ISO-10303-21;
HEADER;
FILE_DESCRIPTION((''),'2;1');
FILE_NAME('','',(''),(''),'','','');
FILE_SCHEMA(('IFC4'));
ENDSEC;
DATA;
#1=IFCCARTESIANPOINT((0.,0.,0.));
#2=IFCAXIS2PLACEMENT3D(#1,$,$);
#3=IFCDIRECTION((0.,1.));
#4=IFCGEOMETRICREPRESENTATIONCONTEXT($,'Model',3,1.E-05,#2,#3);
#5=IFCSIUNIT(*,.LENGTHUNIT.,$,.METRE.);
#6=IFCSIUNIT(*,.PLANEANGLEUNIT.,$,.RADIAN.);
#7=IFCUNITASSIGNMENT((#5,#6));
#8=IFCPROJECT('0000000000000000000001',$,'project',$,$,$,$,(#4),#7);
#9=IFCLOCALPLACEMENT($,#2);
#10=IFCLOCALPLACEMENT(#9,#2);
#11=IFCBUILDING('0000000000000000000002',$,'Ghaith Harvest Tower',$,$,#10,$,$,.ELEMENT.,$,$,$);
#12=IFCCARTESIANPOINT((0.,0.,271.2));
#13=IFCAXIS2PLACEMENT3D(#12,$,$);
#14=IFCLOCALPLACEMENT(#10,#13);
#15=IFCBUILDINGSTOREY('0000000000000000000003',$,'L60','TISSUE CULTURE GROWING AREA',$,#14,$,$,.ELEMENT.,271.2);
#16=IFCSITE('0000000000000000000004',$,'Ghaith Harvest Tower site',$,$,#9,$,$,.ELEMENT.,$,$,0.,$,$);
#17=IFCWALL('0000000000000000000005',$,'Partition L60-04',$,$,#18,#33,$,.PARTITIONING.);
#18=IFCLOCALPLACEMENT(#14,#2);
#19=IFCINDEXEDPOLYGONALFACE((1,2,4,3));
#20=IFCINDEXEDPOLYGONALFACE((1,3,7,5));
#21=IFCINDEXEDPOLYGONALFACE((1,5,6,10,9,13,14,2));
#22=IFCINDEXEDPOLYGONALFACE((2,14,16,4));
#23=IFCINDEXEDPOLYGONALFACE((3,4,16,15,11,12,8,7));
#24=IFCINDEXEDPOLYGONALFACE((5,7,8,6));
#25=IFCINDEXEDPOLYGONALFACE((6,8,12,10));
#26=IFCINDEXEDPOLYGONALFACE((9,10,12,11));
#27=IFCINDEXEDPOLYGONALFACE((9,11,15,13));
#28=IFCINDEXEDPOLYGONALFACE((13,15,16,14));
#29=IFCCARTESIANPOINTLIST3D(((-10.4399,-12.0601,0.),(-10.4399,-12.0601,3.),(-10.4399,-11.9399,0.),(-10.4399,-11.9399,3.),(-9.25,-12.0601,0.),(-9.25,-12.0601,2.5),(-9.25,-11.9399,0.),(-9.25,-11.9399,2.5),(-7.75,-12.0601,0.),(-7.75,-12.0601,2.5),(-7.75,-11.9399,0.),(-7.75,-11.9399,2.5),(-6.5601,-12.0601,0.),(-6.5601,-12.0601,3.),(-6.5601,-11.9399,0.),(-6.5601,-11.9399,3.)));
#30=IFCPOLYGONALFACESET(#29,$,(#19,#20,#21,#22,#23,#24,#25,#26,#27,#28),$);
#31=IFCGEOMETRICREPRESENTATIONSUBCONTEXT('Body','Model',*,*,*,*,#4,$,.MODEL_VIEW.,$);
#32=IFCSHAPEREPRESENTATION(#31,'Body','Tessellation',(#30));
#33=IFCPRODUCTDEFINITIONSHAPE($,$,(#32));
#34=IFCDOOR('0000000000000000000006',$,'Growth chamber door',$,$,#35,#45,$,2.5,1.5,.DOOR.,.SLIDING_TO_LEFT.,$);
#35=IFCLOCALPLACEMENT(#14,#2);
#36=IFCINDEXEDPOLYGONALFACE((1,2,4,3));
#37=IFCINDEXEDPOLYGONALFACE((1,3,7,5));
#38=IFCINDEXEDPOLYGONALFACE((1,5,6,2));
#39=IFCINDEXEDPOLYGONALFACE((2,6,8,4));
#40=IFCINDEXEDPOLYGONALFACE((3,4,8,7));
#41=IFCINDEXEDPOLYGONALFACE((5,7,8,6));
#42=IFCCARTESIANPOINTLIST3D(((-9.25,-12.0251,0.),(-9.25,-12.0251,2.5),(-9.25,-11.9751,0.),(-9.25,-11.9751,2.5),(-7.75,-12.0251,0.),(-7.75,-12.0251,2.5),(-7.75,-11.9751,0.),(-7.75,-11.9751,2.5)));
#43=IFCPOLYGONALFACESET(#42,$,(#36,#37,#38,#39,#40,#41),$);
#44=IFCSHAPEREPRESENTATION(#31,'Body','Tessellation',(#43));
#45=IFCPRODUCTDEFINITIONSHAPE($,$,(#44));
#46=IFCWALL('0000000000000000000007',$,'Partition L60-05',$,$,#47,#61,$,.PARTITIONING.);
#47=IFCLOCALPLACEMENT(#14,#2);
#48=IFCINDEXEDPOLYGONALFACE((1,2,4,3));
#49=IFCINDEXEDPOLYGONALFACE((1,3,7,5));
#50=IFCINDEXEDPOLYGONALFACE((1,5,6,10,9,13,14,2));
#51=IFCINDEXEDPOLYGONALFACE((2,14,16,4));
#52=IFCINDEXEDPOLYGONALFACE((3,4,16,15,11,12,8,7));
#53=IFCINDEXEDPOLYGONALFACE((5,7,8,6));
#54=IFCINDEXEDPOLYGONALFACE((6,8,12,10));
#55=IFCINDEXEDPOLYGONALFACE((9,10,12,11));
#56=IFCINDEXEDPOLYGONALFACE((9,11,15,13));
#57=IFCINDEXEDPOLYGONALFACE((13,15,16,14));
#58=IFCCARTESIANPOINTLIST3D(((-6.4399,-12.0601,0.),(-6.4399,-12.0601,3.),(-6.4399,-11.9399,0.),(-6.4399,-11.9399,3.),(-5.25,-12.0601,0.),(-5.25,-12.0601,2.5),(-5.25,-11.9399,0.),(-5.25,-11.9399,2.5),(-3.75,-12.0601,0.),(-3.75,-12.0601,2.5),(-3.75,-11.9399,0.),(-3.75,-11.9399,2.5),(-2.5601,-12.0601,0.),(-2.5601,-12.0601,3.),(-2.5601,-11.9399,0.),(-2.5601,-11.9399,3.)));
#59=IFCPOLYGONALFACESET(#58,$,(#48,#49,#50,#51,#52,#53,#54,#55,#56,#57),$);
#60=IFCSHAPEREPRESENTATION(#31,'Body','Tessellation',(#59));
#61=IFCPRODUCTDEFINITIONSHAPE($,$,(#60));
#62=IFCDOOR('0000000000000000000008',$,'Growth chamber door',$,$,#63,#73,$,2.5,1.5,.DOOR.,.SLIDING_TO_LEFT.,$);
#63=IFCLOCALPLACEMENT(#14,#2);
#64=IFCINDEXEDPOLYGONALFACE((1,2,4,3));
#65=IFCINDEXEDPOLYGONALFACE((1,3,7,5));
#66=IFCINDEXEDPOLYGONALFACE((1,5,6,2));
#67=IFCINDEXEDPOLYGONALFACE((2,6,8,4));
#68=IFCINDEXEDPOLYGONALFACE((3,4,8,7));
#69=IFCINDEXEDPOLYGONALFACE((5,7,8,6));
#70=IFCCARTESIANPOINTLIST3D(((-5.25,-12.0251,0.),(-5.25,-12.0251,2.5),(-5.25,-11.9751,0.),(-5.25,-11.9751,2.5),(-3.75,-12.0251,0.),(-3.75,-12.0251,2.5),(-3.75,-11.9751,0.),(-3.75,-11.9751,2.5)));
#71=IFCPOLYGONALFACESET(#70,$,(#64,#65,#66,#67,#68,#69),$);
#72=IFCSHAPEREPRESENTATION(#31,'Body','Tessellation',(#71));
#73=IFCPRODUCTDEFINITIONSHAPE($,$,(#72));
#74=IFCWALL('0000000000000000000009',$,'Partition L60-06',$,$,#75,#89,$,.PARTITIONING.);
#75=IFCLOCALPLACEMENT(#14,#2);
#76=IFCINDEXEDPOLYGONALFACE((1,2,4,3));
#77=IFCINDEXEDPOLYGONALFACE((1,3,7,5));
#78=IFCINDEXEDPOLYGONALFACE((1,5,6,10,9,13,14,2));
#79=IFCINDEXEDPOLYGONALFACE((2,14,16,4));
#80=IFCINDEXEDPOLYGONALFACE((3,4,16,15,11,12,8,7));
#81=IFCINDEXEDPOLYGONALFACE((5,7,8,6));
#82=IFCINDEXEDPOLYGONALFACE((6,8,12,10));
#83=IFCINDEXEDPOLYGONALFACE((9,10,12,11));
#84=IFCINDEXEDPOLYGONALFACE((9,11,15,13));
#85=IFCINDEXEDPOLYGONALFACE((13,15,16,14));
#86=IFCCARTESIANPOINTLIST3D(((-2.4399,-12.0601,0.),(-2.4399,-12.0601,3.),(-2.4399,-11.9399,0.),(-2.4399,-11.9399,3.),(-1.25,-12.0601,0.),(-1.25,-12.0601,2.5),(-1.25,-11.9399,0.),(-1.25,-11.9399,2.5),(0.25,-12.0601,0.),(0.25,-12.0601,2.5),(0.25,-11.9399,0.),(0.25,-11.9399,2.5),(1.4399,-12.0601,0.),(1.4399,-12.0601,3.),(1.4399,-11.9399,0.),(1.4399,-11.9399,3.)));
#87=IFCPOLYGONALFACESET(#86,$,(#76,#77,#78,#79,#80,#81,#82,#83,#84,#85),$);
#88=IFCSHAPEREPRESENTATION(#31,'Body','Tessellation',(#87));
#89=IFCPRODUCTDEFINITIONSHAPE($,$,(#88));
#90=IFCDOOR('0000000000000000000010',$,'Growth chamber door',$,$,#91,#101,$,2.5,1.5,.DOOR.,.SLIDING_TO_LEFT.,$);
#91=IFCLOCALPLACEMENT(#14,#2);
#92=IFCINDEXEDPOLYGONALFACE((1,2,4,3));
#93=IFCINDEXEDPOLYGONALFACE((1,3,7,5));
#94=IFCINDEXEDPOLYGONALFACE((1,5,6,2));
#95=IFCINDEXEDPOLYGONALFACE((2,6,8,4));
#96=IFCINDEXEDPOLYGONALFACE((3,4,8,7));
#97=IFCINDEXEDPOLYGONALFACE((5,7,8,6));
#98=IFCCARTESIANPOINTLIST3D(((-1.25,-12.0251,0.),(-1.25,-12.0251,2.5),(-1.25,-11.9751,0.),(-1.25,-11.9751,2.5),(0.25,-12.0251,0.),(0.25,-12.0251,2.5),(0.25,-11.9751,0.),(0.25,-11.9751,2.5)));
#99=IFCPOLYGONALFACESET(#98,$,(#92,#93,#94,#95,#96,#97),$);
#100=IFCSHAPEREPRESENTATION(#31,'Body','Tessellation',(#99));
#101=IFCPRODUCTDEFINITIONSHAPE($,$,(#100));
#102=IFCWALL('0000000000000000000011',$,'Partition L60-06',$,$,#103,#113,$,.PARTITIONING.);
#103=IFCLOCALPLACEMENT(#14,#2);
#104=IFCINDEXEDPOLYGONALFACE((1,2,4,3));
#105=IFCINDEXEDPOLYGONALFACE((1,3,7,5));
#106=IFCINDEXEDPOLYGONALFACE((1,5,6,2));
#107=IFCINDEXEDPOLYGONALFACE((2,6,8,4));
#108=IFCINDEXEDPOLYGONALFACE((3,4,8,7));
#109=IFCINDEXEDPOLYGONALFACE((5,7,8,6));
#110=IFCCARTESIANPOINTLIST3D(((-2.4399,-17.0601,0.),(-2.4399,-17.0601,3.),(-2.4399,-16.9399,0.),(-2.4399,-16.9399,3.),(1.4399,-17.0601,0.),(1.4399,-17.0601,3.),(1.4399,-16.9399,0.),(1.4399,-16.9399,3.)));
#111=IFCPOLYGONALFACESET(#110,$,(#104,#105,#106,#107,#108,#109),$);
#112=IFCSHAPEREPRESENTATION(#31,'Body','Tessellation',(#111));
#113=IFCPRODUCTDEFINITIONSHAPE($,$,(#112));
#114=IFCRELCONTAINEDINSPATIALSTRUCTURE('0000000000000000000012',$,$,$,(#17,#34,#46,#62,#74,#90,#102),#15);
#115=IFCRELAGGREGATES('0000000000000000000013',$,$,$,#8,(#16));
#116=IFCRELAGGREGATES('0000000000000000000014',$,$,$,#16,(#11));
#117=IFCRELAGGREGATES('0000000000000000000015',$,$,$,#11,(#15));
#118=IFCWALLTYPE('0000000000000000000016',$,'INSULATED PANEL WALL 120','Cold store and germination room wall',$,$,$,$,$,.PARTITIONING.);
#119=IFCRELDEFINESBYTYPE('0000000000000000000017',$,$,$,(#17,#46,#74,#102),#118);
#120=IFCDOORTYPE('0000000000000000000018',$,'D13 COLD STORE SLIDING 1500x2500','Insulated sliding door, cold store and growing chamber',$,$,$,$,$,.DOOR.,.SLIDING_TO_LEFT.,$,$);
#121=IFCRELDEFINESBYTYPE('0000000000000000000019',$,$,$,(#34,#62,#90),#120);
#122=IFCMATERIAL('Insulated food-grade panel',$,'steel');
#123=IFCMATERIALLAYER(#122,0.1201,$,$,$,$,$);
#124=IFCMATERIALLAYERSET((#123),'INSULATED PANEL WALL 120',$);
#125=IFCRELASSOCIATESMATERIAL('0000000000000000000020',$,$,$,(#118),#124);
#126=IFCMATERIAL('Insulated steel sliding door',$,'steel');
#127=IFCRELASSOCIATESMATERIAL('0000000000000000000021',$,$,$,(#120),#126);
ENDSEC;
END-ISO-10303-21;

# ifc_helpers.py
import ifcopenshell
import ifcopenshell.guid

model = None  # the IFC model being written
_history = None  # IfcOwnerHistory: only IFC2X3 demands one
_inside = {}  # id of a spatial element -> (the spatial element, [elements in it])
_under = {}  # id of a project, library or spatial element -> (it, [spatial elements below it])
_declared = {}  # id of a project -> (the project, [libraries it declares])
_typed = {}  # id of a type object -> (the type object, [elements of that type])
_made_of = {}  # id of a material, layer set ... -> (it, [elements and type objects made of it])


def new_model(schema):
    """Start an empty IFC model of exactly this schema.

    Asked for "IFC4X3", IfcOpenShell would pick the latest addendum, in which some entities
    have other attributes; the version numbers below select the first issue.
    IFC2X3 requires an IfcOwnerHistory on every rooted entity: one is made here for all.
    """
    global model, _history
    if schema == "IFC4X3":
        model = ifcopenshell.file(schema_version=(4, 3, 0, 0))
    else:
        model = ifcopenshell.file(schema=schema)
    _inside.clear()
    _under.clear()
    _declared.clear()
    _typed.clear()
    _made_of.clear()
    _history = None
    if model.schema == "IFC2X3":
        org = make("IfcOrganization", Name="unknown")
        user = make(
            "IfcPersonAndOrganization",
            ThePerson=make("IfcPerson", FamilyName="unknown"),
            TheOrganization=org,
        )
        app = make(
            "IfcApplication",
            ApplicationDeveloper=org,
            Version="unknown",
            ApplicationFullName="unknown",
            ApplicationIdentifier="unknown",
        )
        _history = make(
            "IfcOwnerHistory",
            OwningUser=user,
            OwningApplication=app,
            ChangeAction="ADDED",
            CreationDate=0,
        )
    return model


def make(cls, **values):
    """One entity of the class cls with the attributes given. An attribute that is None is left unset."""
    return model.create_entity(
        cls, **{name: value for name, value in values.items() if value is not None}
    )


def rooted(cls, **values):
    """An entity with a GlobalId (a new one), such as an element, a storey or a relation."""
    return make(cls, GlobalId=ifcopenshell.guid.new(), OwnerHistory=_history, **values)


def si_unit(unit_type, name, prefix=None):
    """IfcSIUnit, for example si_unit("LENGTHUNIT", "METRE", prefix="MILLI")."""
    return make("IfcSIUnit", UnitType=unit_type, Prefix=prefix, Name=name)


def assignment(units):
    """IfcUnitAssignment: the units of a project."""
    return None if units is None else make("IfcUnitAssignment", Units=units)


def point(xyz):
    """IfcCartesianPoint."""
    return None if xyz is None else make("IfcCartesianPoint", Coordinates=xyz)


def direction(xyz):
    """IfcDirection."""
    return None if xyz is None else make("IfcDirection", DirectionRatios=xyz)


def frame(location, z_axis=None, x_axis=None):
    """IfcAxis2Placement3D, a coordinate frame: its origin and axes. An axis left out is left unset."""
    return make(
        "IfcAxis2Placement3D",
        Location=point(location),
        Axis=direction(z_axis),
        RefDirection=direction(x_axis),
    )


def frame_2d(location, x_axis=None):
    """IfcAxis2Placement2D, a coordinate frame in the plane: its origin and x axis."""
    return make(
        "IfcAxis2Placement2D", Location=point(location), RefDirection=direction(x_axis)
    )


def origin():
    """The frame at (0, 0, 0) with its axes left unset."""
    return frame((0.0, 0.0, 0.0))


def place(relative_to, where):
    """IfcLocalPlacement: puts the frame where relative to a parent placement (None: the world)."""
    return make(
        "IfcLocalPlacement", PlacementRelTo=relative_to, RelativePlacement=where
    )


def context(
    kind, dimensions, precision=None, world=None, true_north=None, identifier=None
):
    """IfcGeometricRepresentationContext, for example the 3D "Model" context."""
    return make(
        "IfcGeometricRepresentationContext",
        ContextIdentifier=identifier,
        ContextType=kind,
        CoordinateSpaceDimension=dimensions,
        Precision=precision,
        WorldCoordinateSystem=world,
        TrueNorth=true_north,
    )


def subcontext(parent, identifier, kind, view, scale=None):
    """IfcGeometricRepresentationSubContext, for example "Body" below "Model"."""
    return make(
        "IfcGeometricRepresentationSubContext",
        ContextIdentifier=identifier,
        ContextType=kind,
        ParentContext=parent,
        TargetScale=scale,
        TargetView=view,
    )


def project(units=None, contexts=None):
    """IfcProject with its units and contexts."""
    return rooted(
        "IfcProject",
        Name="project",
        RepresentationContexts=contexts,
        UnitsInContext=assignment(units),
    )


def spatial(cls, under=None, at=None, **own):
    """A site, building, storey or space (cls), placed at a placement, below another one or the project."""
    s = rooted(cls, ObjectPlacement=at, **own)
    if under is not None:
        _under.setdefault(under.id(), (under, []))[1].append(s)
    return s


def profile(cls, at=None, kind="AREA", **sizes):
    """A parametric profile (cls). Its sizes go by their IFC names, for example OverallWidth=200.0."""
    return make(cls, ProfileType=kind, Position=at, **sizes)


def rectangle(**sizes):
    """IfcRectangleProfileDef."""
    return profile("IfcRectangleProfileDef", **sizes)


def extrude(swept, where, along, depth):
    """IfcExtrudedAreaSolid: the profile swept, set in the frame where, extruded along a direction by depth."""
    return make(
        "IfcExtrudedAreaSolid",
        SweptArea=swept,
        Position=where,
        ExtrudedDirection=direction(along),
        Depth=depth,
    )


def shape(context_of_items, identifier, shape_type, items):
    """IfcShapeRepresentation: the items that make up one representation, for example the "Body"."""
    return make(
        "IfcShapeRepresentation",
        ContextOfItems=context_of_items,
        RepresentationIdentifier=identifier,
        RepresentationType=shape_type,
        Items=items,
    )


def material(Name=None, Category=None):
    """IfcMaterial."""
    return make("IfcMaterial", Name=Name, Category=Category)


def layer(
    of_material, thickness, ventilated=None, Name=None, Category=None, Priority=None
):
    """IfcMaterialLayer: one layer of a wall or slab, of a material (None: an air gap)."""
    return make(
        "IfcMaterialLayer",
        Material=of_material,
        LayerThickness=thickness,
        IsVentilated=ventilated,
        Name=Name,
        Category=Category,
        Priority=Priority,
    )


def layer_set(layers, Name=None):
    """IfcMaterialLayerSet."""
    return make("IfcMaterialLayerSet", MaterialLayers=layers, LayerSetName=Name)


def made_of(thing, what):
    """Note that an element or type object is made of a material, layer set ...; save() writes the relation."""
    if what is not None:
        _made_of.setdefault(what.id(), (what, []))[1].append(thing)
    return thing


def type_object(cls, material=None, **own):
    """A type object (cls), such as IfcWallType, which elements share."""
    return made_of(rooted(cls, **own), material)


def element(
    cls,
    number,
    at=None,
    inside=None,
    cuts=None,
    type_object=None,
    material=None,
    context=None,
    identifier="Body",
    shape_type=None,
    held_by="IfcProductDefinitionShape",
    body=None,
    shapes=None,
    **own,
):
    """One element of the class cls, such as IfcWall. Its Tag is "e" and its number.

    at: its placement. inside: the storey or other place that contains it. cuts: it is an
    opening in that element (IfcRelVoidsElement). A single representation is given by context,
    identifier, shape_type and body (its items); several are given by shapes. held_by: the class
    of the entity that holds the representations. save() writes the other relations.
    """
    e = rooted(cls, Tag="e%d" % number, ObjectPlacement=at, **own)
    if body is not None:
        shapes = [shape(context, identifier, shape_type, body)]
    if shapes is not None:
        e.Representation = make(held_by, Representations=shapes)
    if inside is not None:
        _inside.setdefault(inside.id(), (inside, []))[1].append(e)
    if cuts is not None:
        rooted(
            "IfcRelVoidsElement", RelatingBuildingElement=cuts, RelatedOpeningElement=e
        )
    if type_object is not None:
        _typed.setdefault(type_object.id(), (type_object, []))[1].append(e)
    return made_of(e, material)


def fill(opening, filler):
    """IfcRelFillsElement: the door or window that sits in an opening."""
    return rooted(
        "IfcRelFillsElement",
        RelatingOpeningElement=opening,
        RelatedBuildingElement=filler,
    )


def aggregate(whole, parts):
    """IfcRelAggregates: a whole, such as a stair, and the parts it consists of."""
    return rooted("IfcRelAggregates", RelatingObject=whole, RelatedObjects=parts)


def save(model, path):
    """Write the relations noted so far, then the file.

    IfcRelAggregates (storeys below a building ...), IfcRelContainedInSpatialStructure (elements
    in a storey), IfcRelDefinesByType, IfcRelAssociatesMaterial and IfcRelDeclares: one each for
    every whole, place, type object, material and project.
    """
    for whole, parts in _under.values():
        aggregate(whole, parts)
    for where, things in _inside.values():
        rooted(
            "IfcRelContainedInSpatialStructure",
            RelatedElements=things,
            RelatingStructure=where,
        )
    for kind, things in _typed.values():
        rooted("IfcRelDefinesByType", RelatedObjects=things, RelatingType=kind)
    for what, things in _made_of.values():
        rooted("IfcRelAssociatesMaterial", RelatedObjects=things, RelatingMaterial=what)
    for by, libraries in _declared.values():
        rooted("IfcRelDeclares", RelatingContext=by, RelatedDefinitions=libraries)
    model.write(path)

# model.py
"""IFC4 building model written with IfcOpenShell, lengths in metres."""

from ifc_helpers import new_model, si_unit, direction, frame, frame_2d, origin, place, context, subcontext, project, spatial, rectangle, extrude, material, layer, layer_set, type_object, element, fill, save


model = new_model("IFC4")

# Units and contexts
model_context = context("Model", 3, precision=1e-05, world=origin(), true_north=direction((0.0, 1.0)))
body_context = subcontext(model_context, "Body", "Model", "MODEL_VIEW")
ifc_project = project(units=[si_unit("LENGTHUNIT", "METRE"), si_unit("PLANEANGLEUNIT", "RADIAN")], contexts=[model_context])

# Site, building, storey
site_placement = place(None, origin())
site = spatial("IfcSite", under=ifc_project, at=site_placement, Name="Ghaith Harvest Tower site", CompositionType="ELEMENT", RefElevation=0.0)
building_placement = place(site_placement, origin())
building = spatial("IfcBuilding", under=site, at=building_placement, Name="Ghaith Harvest Tower", CompositionType="ELEMENT")
storey_placement = place(building_placement, frame((0.0, 0.0, 271.2)))
storey = spatial("IfcBuildingStorey", under=building, at=storey_placement, Name="L60", Description="TISSUE CULTURE GROWING AREA", CompositionType="ELEMENT", Elevation=271.2)

# Shared definitions
ifc_material_1 = material(Name="Insulated food-grade panel", Category="steel")
ifc_layer = layer(ifc_material_1, 0.1201)
ifc_layer_set = layer_set([ifc_layer], Name="INSULATED PANEL WALL 120")
wall_type = type_object("IfcWallType", Name="INSULATED PANEL WALL 120", Description="Cold store and germination room wall", PredefinedType="PARTITIONING", material=ifc_layer_set)

# Walls, openings, doors
wall_1_placement = place(storey_placement, frame((-10.4399, -12.0, 0.0), z_axis=(0.0, 0.0, 1.0), x_axis=(1.0, 0.0, 0.0)))
wall_1 = element("IfcWall", 1, at=wall_1_placement, inside=storey, type_object=wall_type, Name="Partition L60-04", PredefinedType="PARTITIONING", context=body_context, shape_type="SweptSolid", body=[
    extrude(rectangle(XDim=3.8799, YDim=0.1201, at=frame_2d((1.9399, 0.0))), origin(), (0.0, 0.0, 1.0), 3.0),
])
opening_1_placement = place(wall_1_placement, frame((1.1899, 0.0, 0.0)))
opening_1 = element("IfcOpeningElement", 2, at=opening_1_placement, cuts=wall_1, PredefinedType="OPENING", context=body_context, shape_type="SweptSolid", body=[
    extrude(rectangle(XDim=1.5, YDim=2.5, at=frame_2d((0.75, 1.25))), frame((0.0, 0.0701, 0.0), z_axis=(0.0, -1.0, 0.0), x_axis=(1.0, 0.0, 0.0)), (0.0, 0.0, 1.0), 0.1401),
])
ifc_material_2 = material(Name="Insulated steel sliding door", Category="steel")
door_type = type_object("IfcDoorType", Name="D13 COLD STORE SLIDING 1500x2500", Description="Insulated sliding door, cold store and growing chamber", OperationType="SLIDING_TO_LEFT", PredefinedType="DOOR", material=ifc_material_2)
door_1_placement = place(opening_1_placement, origin())
door_1 = element("IfcDoor", 3, at=door_1_placement, inside=storey, type_object=door_type, Name="Growth chamber door", OperationType="SLIDING_TO_LEFT", OverallHeight=2.5, OverallWidth=1.5, PredefinedType="DOOR", context=body_context, shape_type="SweptSolid", body=[
    extrude(rectangle(XDim=1.5, YDim=2.5, at=frame_2d((0.75, 1.25))), frame((0.0, 0.0249, 0.0), z_axis=(0.0, -1.0, 0.0), x_axis=(1.0, 0.0, 0.0)), (0.0, 0.0, 1.0), 0.05),
])
fill(opening_1, door_1)
wall_2_placement = place(storey_placement, frame((-6.4399, -12.0, 0.0), z_axis=(0.0, 0.0, 1.0), x_axis=(1.0, 0.0, 0.0)))
wall_2 = element("IfcWall", 4, at=wall_2_placement, inside=storey, type_object=wall_type, Name="Partition L60-05", PredefinedType="PARTITIONING", context=body_context, shape_type="SweptSolid", body=[
    extrude(rectangle(XDim=3.8799, YDim=0.1201, at=frame_2d((1.9399, 0.0))), origin(), (0.0, 0.0, 1.0), 3.0),
])
opening_2_placement = place(wall_2_placement, frame((1.1899, 0.0, 0.0)))
opening_2 = element("IfcOpeningElement", 5, at=opening_2_placement, cuts=wall_2, PredefinedType="OPENING", context=body_context, shape_type="SweptSolid", body=[
    extrude(rectangle(XDim=1.5, YDim=2.5, at=frame_2d((0.75, 1.25))), frame((0.0, 0.0701, 0.0), z_axis=(0.0, -1.0, 0.0), x_axis=(1.0, 0.0, 0.0)), (0.0, 0.0, 1.0), 0.1401),
])
door_2_placement = place(opening_2_placement, origin())
door_2 = element("IfcDoor", 6, at=door_2_placement, inside=storey, type_object=door_type, Name="Growth chamber door", OperationType="SLIDING_TO_LEFT", OverallHeight=2.5, OverallWidth=1.5, PredefinedType="DOOR", context=body_context, shape_type="SweptSolid", body=[
    extrude(rectangle(XDim=1.5, YDim=2.5, at=frame_2d((0.75, 1.25))), frame((0.0, 0.0249, 0.0), z_axis=(0.0, -1.0, 0.0), x_axis=(1.0, 0.0, 0.0)), (0.0, 0.0, 1.0), 0.05),
])
fill(opening_2, door_2)
wall_3_placement = place(storey_placement, frame((-2.4399, -12.0, 0.0), z_axis=(0.0, 0.0, 1.0), x_axis=(1.0, 0.0, 0.0)))
wall_3 = element("IfcWall", 7, at=wall_3_placement, inside=storey, type_object=wall_type, Name="Partition L60-06", PredefinedType="PARTITIONING", context=body_context, shape_type="SweptSolid", body=[
    extrude(rectangle(XDim=3.8799, YDim=0.1201, at=frame_2d((1.9399, 0.0))), origin(), (0.0, 0.0, 1.0), 3.0),
])
opening_3_placement = place(wall_3_placement, frame((1.1899, 0.0, 0.0)))
opening_3 = element("IfcOpeningElement", 8, at=opening_3_placement, cuts=wall_3, PredefinedType="OPENING", context=body_context, shape_type="SweptSolid", body=[
    extrude(rectangle(XDim=1.5, YDim=2.5, at=frame_2d((0.75, 1.25))), frame((0.0, 0.0701, 0.0), z_axis=(0.0, -1.0, 0.0), x_axis=(1.0, 0.0, 0.0)), (0.0, 0.0, 1.0), 0.1401),
])
door_3_placement = place(opening_3_placement, origin())
door_3 = element("IfcDoor", 9, at=door_3_placement, inside=storey, type_object=door_type, Name="Growth chamber door", OperationType="SLIDING_TO_LEFT", OverallHeight=2.5, OverallWidth=1.5, PredefinedType="DOOR", context=body_context, shape_type="SweptSolid", body=[
    extrude(rectangle(XDim=1.5, YDim=2.5, at=frame_2d((0.75, 1.25))), frame((0.0, 0.0249, 0.0), z_axis=(0.0, -1.0, 0.0), x_axis=(1.0, 0.0, 0.0)), (0.0, 0.0, 1.0), 0.05),
])
fill(opening_3, door_3)

# Wall
wall_4_placement = place(storey_placement, frame((-2.4399, -17.0, 0.0), z_axis=(0.0, 0.0, 1.0), x_axis=(1.0, 0.0, 0.0)))
element("IfcWall", 10, at=wall_4_placement, inside=storey, type_object=wall_type, Name="Partition L60-06", PredefinedType="PARTITIONING", context=body_context, shape_type="SweptSolid", body=[
    extrude(rectangle(XDim=3.8799, YDim=0.1201, at=frame_2d((1.9399, 0.0))), origin(), (0.0, 0.0, 1.0), 3.0),
])

save(model, "model.ifc")
